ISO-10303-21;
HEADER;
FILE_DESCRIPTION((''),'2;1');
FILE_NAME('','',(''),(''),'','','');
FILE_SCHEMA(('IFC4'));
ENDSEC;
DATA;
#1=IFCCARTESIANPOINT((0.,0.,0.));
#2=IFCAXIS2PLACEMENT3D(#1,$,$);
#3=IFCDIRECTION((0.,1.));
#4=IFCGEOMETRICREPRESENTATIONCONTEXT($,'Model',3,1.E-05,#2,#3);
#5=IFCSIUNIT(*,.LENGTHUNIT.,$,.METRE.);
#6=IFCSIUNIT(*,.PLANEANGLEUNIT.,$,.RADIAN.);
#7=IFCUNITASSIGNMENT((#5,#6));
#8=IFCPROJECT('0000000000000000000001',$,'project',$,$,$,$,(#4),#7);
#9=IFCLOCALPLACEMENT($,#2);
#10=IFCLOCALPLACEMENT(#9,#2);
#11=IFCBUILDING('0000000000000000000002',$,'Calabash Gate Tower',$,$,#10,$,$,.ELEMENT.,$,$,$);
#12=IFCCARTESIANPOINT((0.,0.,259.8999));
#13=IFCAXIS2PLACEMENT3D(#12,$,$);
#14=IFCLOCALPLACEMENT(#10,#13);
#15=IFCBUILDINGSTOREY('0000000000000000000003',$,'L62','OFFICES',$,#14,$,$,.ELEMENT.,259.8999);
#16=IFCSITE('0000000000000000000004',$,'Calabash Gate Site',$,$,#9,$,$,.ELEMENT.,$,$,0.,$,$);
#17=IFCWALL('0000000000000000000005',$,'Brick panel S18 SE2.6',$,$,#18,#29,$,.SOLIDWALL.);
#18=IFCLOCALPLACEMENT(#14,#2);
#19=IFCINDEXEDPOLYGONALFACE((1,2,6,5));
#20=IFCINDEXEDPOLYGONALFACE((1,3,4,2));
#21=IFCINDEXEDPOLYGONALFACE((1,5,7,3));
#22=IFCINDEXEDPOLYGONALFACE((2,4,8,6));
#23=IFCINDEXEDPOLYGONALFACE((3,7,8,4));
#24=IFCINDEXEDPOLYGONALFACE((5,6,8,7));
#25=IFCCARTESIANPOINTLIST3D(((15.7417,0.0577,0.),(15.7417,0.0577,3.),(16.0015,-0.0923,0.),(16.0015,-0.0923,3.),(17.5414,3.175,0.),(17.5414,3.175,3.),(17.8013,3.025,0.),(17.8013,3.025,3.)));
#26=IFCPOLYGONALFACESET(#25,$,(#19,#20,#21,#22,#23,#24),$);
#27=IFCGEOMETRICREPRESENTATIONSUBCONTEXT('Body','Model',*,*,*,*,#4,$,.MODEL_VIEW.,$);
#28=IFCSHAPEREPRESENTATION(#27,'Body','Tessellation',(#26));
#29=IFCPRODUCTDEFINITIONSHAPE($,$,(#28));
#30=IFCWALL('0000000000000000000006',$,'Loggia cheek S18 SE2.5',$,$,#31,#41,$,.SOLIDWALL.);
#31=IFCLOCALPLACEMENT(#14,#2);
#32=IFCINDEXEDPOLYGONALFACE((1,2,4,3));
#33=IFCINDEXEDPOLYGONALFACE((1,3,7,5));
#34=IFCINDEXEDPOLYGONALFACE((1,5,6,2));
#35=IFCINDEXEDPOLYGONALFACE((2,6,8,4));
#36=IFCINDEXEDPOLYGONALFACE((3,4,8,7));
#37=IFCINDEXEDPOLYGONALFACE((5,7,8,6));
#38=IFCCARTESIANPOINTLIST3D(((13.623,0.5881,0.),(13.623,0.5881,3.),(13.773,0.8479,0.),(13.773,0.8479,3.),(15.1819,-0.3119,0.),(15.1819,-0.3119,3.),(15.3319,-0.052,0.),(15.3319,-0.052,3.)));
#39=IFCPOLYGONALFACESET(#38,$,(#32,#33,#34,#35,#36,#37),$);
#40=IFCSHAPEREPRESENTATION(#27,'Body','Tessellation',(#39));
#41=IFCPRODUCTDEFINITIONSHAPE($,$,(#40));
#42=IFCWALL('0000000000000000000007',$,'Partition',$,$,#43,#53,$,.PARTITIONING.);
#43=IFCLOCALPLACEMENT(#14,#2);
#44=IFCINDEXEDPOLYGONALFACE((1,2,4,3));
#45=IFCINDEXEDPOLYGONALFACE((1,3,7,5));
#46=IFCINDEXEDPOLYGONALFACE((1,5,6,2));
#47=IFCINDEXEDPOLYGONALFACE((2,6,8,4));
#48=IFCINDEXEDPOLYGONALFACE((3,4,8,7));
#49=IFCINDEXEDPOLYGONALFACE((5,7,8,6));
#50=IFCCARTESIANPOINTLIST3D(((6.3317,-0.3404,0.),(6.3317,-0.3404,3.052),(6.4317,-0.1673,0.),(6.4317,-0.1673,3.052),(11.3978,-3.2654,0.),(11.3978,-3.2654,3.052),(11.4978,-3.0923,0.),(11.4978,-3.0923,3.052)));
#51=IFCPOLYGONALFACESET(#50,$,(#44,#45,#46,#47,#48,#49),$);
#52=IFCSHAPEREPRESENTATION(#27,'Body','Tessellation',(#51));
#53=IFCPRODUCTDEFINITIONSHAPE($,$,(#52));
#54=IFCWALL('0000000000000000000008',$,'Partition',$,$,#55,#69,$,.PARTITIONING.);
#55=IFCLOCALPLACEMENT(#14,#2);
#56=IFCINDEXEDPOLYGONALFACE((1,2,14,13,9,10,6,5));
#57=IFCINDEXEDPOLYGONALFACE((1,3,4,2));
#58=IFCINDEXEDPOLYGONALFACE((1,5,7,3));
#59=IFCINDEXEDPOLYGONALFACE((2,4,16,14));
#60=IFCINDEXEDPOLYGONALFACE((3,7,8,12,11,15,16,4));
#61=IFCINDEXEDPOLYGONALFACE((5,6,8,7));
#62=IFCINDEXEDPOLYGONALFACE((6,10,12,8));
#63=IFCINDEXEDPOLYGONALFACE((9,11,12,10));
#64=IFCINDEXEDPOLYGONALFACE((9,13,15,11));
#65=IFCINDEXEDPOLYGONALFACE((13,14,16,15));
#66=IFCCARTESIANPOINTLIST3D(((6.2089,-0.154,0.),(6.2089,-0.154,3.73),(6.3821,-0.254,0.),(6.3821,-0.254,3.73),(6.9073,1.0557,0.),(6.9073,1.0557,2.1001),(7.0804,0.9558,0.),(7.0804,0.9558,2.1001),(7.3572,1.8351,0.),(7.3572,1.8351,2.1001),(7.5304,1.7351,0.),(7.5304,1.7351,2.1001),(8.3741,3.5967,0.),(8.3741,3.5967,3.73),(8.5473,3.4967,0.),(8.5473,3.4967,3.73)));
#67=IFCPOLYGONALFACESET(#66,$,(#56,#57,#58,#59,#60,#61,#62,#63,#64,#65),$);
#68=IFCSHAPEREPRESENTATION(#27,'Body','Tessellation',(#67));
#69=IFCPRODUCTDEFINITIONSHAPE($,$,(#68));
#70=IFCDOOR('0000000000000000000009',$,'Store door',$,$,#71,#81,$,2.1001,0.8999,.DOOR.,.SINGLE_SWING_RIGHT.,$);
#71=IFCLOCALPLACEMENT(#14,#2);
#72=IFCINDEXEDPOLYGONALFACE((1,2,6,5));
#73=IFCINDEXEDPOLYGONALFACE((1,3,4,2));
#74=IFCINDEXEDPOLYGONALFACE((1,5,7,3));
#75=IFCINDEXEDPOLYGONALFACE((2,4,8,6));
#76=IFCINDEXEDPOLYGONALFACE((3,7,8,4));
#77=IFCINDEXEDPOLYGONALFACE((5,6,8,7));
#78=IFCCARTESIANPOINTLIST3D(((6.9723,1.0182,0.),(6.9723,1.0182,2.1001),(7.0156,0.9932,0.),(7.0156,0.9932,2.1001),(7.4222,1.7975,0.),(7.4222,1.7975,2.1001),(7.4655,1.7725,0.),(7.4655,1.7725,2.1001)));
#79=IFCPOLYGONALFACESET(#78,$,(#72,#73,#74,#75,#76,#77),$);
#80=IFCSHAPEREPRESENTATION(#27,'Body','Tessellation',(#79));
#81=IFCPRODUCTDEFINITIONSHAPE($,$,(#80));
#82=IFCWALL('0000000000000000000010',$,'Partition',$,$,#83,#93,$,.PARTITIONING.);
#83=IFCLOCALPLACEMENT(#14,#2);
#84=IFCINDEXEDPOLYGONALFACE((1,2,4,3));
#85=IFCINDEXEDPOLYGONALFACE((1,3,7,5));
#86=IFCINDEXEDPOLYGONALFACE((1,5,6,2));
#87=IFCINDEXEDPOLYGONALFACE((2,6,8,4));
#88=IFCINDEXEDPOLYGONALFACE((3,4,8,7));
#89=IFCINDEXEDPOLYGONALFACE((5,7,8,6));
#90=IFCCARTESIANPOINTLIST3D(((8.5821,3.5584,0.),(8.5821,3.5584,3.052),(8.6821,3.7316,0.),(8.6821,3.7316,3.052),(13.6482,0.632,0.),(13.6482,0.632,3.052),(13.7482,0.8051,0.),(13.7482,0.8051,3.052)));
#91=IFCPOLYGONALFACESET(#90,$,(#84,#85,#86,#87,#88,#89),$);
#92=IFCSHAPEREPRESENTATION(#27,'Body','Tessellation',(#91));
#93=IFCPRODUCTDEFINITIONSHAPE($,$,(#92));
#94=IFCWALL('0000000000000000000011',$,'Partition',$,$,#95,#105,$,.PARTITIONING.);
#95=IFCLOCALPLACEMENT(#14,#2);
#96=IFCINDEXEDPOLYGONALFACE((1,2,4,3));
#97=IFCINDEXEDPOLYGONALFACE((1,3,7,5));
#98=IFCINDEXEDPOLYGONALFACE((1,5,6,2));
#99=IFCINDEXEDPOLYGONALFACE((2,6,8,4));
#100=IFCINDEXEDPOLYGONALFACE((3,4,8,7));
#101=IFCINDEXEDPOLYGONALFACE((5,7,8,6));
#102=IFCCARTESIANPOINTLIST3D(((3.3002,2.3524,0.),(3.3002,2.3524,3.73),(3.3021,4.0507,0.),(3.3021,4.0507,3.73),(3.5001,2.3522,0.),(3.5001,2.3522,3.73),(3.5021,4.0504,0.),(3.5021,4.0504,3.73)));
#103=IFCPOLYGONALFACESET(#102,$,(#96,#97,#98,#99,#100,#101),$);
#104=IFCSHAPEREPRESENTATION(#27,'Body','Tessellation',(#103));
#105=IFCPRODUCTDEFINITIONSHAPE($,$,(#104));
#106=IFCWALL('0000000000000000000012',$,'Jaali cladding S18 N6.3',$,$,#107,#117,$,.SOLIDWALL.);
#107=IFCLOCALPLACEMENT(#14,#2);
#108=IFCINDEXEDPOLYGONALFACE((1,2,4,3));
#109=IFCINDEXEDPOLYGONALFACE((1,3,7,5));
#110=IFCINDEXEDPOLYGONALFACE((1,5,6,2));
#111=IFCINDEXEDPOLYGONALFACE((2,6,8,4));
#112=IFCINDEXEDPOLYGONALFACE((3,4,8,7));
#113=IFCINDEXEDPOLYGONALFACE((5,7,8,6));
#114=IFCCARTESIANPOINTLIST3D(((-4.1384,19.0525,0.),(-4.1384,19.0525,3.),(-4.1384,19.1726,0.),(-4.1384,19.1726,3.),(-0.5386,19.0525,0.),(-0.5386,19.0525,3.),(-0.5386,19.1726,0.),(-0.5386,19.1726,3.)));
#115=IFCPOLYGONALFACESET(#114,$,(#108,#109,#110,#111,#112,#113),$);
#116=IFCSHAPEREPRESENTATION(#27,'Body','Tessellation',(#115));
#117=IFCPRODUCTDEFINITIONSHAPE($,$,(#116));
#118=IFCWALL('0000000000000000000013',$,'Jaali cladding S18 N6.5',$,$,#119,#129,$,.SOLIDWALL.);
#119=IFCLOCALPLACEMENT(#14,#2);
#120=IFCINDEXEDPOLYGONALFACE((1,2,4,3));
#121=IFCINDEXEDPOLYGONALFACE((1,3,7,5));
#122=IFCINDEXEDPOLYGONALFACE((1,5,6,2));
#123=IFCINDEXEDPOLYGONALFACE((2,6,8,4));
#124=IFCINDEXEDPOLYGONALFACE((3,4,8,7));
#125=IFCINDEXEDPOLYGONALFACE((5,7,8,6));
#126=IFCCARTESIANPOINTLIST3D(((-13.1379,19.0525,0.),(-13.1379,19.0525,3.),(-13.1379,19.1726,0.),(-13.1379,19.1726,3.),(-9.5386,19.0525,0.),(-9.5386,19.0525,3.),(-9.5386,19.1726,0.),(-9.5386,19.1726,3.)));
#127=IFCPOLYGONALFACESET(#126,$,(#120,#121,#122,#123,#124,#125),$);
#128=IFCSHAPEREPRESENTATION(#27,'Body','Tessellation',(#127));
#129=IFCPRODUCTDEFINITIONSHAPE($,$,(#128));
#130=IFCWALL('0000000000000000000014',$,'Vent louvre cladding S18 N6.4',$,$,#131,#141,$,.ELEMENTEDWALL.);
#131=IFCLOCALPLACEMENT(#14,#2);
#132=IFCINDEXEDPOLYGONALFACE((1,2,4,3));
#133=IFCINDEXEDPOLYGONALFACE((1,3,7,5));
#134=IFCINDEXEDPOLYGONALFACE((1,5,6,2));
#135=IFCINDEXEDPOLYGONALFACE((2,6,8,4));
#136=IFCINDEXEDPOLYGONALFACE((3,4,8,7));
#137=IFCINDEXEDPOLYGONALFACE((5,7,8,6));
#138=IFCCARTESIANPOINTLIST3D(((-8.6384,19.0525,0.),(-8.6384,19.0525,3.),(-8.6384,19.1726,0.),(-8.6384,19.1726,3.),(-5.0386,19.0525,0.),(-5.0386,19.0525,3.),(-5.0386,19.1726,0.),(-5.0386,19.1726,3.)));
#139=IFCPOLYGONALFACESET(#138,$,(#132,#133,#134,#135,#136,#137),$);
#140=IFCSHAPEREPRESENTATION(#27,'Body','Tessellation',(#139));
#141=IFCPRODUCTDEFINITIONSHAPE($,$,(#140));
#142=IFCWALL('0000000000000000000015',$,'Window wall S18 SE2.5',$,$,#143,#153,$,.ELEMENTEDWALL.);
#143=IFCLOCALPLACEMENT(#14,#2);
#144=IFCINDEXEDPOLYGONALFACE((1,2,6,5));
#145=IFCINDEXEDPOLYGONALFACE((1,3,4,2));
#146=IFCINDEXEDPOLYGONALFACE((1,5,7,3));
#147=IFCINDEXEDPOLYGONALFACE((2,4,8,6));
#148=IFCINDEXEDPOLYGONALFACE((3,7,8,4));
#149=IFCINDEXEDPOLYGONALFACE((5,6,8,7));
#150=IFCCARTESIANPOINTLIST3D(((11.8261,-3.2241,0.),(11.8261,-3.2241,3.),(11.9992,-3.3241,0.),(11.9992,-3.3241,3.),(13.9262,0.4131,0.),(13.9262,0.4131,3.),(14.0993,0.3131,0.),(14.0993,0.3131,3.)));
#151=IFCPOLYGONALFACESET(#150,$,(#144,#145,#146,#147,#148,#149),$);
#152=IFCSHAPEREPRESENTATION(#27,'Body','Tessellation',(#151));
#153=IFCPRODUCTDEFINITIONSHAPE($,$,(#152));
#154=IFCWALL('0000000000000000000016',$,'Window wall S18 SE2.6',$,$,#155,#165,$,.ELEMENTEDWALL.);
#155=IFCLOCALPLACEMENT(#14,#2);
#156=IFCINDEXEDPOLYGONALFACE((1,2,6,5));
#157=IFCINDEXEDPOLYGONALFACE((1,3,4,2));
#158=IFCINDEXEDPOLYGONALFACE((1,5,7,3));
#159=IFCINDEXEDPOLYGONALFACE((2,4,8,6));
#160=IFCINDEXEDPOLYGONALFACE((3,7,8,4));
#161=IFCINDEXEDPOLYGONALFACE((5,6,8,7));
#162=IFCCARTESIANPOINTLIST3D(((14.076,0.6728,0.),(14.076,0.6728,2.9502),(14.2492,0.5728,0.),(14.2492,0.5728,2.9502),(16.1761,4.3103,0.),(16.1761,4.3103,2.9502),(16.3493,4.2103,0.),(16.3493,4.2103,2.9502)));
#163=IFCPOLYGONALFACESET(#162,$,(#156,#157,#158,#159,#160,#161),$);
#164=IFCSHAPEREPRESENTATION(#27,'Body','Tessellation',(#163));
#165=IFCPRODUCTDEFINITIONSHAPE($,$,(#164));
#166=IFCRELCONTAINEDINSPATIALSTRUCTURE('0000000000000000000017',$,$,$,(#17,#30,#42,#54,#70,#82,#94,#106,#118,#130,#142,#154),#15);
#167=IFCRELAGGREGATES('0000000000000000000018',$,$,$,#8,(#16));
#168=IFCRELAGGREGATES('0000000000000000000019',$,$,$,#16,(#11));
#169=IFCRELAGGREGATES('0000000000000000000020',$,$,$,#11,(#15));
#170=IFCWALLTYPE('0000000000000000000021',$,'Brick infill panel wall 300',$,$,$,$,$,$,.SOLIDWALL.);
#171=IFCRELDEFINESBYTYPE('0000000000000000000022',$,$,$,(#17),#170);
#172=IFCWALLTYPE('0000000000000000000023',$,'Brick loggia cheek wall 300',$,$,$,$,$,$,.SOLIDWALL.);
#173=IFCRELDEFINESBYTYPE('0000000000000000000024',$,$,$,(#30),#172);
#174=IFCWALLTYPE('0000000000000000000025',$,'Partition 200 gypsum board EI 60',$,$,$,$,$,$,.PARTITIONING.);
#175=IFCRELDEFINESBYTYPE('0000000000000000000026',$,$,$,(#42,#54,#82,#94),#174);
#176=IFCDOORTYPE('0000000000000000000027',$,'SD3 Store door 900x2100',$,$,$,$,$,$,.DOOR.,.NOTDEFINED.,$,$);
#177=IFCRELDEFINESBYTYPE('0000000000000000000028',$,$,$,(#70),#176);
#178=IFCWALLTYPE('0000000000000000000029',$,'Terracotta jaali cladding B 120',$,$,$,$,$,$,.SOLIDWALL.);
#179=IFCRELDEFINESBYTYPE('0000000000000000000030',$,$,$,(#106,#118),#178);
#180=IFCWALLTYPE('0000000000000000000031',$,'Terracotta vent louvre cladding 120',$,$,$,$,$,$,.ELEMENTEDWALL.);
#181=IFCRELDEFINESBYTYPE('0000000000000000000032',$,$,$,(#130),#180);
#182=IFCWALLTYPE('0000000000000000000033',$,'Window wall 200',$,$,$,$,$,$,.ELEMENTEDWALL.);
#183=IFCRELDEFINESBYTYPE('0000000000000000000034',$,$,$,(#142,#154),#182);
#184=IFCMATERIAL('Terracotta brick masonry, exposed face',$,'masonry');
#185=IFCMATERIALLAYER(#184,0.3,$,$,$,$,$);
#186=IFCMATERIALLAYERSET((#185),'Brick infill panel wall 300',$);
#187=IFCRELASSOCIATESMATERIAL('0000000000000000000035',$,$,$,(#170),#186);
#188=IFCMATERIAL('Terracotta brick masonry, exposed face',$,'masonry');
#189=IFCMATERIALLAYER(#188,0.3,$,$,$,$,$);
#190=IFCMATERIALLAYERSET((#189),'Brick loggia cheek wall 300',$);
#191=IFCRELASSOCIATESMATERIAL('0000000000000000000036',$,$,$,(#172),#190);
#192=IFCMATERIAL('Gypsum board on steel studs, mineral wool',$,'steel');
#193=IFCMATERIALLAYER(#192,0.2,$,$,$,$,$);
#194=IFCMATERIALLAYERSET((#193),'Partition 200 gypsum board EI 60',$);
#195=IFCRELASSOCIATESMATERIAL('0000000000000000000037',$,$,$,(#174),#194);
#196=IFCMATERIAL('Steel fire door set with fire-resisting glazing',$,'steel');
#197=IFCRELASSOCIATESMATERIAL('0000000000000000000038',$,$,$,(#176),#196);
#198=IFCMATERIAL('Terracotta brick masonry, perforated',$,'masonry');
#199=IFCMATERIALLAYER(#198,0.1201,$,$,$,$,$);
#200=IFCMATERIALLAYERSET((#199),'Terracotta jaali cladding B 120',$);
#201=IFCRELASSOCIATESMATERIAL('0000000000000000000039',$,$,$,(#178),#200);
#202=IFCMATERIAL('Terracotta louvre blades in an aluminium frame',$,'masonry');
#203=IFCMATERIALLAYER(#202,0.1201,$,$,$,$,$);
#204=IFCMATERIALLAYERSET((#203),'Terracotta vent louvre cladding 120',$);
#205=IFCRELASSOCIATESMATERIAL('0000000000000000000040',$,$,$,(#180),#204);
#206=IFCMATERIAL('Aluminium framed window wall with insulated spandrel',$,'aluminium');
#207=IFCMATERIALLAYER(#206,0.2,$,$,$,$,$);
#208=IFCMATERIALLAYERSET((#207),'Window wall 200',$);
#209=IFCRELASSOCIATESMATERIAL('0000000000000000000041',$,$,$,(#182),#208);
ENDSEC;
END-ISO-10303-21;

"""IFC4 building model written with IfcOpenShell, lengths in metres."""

from ifc_helpers import new_model, si_unit, direction, frame, frame_2d, origin, place, context, subcontext, project, spatial, polyline, rectangle, outline, extrude, material, layer, layer_set, type_object, element, fill, save


model = new_model("IFC4")

# Units and contexts
model_context = context("Model", 3, precision=1e-05, world=origin(), true_north=direction((0.0, 1.0)))
body_context = subcontext(model_context, "Body", "Model", "MODEL_VIEW")
ifc_project = project(units=[si_unit("LENGTHUNIT", "METRE"), si_unit("PLANEANGLEUNIT", "RADIAN")], contexts=[model_context])

# Site, building, storey
site_placement = place(None, origin())
site = spatial("IfcSite", under=ifc_project, at=site_placement, Name="Calabash Gate Site", CompositionType="ELEMENT", RefElevation=0.0)
building_placement = place(site_placement, origin())
building = spatial("IfcBuilding", under=site, at=building_placement, Name="Calabash Gate Tower", CompositionType="ELEMENT")
storey_placement = place(building_placement, frame((0.0, 0.0, 259.8999)))
storey = spatial("IfcBuildingStorey", under=building, at=storey_placement, Name="L62", Description="OFFICES", CompositionType="ELEMENT", Elevation=259.8999)

# Walls
ifc_material_1 = material(Name="Terracotta brick masonry, exposed face", Category="masonry")
ifc_layer_1 = layer(ifc_material_1, 0.3)
ifc_layer_set_1 = layer_set([ifc_layer_1], Name="Brick infill panel wall 300")
wall_type_1 = type_object("IfcWallType", Name="Brick infill panel wall 300", PredefinedType="SOLIDWALL", material=ifc_layer_set_1)
wall_1_placement = place(storey_placement, frame((15.8716, -0.0173, 0.0), z_axis=(0.0, 0.0, 1.0), x_axis=(0.499991, 0.866031, 0.0)))
element("IfcWall", 1, at=wall_1_placement, inside=storey, type_object=wall_type_1, Name="Brick panel S18 SE2.6", PredefinedType="SOLIDWALL", context=body_context, shape_type="SweptSolid", body=[
    extrude(rectangle(XDim=3.5996, YDim=0.3, at=frame_2d((1.7998, 0.0))), origin(), (0.0, 0.0, 1.0), 3.0),
])
ifc_material_2 = material(Name="Terracotta brick masonry, exposed face", Category="masonry")
ifc_layer_2 = layer(ifc_material_2, 0.3)
ifc_layer_set_2 = layer_set([ifc_layer_2], Name="Brick loggia cheek wall 300")
wall_type_2 = type_object("IfcWallType", Name="Brick loggia cheek wall 300", PredefinedType="SOLIDWALL", material=ifc_layer_set_2)
wall_2_placement = place(storey_placement, frame((15.2568, -0.1819, 0.0), z_axis=(0.0, 0.0, 1.0), x_axis=(-0.866048, 0.499961, 0.0)))
element("IfcWall", 2, at=wall_2_placement, inside=storey, type_object=wall_type_2, Name="Loggia cheek S18 SE2.5", PredefinedType="SOLIDWALL", context=body_context, shape_type="SweptSolid", body=[
    extrude(rectangle(XDim=1.8, YDim=0.3, at=frame_2d((0.8999, 0.0))), origin(), (0.0, 0.0, 1.0), 3.0),
])
ifc_material_3 = material(Name="Gypsum board on steel studs, mineral wool", Category="steel")
ifc_layer_3 = layer(ifc_material_3, 0.2)
ifc_layer_set_3 = layer_set([ifc_layer_3], Name="Partition 200 gypsum board EI 60")
wall_type_3 = type_object("IfcWallType", Name="Partition 200 gypsum board EI 60", PredefinedType="PARTITIONING", material=ifc_layer_set_3)
wall_3_placement = place(storey_placement, frame((6.3818, -0.2539, 0.0), z_axis=(0.0, 0.0, 1.0), x_axis=(0.866018, -0.500013, 0.0)))
element("IfcWall", 3, at=wall_3_placement, inside=storey, type_object=wall_type_3, Name="Partition", PredefinedType="PARTITIONING", context=body_context, shape_type="SweptSolid", body=[
    extrude(rectangle(XDim=5.8499, YDim=0.2, at=frame_2d((2.9248, 0.0))), origin(), (0.0, 0.0, 1.0), 3.052),
])

# Wall, opening, door
wall_4_placement = place(storey_placement, frame((6.2954, -0.2041, 0.0), z_axis=(0.0, 0.0, 1.0), x_axis=(0.499965, 0.866046, 0.0)))
wall_4 = element("IfcWall", 4, at=wall_4_placement, inside=storey, type_object=wall_type_3, Name="Partition", PredefinedType="PARTITIONING", context=body_context, shape_type="SweptSolid", body=[
    extrude(rectangle(XDim=4.3308, YDim=0.2, at=frame_2d((2.1655, 0.0))), origin(), (0.0, 0.0, 1.0), 3.73),
])
opening_1_placement = place(wall_4_placement, frame((1.397, 0.0, 0.0)))
opening_1 = element("IfcOpeningElement", 5, at=opening_1_placement, cuts=wall_4, PredefinedType="OPENING", context=body_context, shape_type="SweptSolid", body=[
    extrude(rectangle(XDim=0.8999, YDim=2.1001, at=frame_2d((0.45, 1.05))), frame((0.0, 0.1099, 0.0), z_axis=(0.0, -1.0, 0.0), x_axis=(1.0, 0.0, 0.0)), (0.0, 0.0, 1.0), 0.22),
])
ifc_material_4 = material(Name="Steel fire door set with fire-resisting glazing", Category="steel")
door_type_1 = type_object("IfcDoorType", Name="SD3 Store door 900x2100", OperationType="NOTDEFINED", PredefinedType="DOOR", material=ifc_material_4)
door_1_placement = place(opening_1_placement, origin())
door_1 = element("IfcDoor", 6, at=door_1_placement, inside=storey, type_object=door_type_1, Name="Store door", OperationType="SINGLE_SWING_RIGHT", OverallHeight=2.1001, OverallWidth=0.8999, PredefinedType="DOOR", context=body_context, shape_type="SweptSolid", body=[
    extrude(rectangle(XDim=0.8999, YDim=2.1001, at=frame_2d((0.45, 1.05))), frame((0.0, 0.0249, 0.0), z_axis=(0.0, -1.0, 0.0), x_axis=(1.0, 0.0, 0.0)), (0.0, 0.0, 1.0), 0.05),
])
fill(opening_1, door_1)

# Wall
wall_5_placement = place(storey_placement, frame((8.6321, 3.645, 0.0), z_axis=(0.0, 0.0, 1.0), x_axis=(0.86591, -0.5002, 0.0)))
element("IfcWall", 7, at=wall_5_placement, inside=storey, type_object=wall_type_3, Name="Partition", PredefinedType="PARTITIONING", context=body_context, shape_type="SweptSolid", body=[
    extrude(rectangle(XDim=5.8506, YDim=0.2, at=frame_2d((2.9253, 0.0))), origin(), (0.0, 0.0, 1.0), 3.052),
])

# Walls
wall_6_placement = place(storey_placement, frame((3.4001, 2.3523, 0.0), z_axis=(0.0, 0.0, 1.0), x_axis=(0.00115, 0.999999, 0.0)))
element("IfcWall", 8, at=wall_6_placement, inside=storey, type_object=wall_type_3, Name="Partition", PredefinedType="PARTITIONING", context=body_context, shape_type="SweptSolid", body=[
    extrude(rectangle(XDim=1.6982, YDim=0.2, at=frame_2d((0.8491, 0.0))), origin(), (0.0, 0.0, 1.0), 3.73),
])
ifc_material_5 = material(Name="Terracotta brick masonry, perforated", Category="masonry")
ifc_layer_4 = layer(ifc_material_5, 0.1201)
ifc_layer_set_4 = layer_set([ifc_layer_4], Name="Terracotta jaali cladding B 120")
wall_type_4 = type_object("IfcWallType", Name="Terracotta jaali cladding B 120", PredefinedType="SOLIDWALL", material=ifc_layer_set_4)
wall_7_placement = place(storey_placement, origin())
element("IfcWall", 9, at=wall_7_placement, inside=storey, type_object=wall_type_4, Name="Jaali cladding S18 N6.3", PredefinedType="SOLIDWALL", context=body_context, shape_type="SweptSolid", body=[
    extrude(outline(polyline([(-4.1384, 19.1726), (-4.1384, 19.0525), (-0.5386, 19.0525), (-0.5386, 19.1726), (-4.1384, 19.1726)])), origin(), (0.0, 0.0, 1.0), 3.0),
])
wall_8_placement = place(storey_placement, origin())
element("IfcWall", 10, at=wall_8_placement, inside=storey, type_object=wall_type_4, Name="Jaali cladding S18 N6.5", PredefinedType="SOLIDWALL", context=body_context, shape_type="SweptSolid", body=[
    extrude(outline(polyline([(-13.1379, 19.1726), (-13.1379, 19.0525), (-9.5386, 19.0525), (-9.5386, 19.1726), (-13.1379, 19.1726)])), origin(), (0.0, 0.0, 1.0), 3.0),
])
ifc_material_6 = material(Name="Terracotta louvre blades in an aluminium frame", Category="masonry")
ifc_layer_5 = layer(ifc_material_6, 0.1201)
ifc_layer_set_5 = layer_set([ifc_layer_5], Name="Terracotta vent louvre cladding 120")
wall_type_5 = type_object("IfcWallType", Name="Terracotta vent louvre cladding 120", PredefinedType="ELEMENTEDWALL", material=ifc_layer_set_5)
wall_9_placement = place(storey_placement, origin())
element("IfcWall", 11, at=wall_9_placement, inside=storey, type_object=wall_type_5, Name="Vent louvre cladding S18 N6.4", PredefinedType="ELEMENTEDWALL", context=body_context, shape_type="SweptSolid", body=[
    extrude(outline(polyline([(-8.6384, 19.1726), (-8.6384, 19.0525), (-5.0386, 19.0525), (-5.0386, 19.1726), (-8.6384, 19.1726)])), origin(), (0.0, 0.0, 1.0), 3.0),
])
ifc_material_7 = material(Name="Aluminium framed window wall with insulated spandrel", Category="aluminium")
ifc_layer_6 = layer(ifc_material_7, 0.2)
ifc_layer_set_6 = layer_set([ifc_layer_6], Name="Window wall 200")
wall_type_6 = type_object("IfcWallType", Name="Window wall 200", PredefinedType="ELEMENTEDWALL", material=ifc_layer_set_6)
wall_10_placement = place(storey_placement, frame((11.9126, -3.2742, 0.0), z_axis=(0.0, 0.0, 1.0), x_axis=(0.500028, 0.866009, 0.0)))
element("IfcWall", 12, at=wall_10_placement, inside=storey, type_object=wall_type_6, Name="Window wall S18 SE2.5", PredefinedType="ELEMENTEDWALL", context=body_context, shape_type="SweptSolid", body=[
    extrude(rectangle(XDim=4.2, YDim=0.2, at=frame_2d((2.1001, 0.0))), origin(), (0.0, 0.0, 1.0), 3.0),
])
wall_11_placement = place(storey_placement, frame((14.1626, 0.6228, 0.0), z_axis=(0.0, 0.0, 1.0), x_axis=(0.500003, 0.866024, 0.0)))
element("IfcWall", 13, at=wall_11_placement, inside=storey, type_object=wall_type_6, Name="Window wall S18 SE2.6", PredefinedType="ELEMENTEDWALL", context=body_context, shape_type="SweptSolid", body=[
    extrude(rectangle(XDim=4.2002, YDim=0.2, at=frame_2d((2.1001, 0.0))), origin(), (0.0, 0.0, 1.0), 2.9502),
])

save(model, "model.ifc")
